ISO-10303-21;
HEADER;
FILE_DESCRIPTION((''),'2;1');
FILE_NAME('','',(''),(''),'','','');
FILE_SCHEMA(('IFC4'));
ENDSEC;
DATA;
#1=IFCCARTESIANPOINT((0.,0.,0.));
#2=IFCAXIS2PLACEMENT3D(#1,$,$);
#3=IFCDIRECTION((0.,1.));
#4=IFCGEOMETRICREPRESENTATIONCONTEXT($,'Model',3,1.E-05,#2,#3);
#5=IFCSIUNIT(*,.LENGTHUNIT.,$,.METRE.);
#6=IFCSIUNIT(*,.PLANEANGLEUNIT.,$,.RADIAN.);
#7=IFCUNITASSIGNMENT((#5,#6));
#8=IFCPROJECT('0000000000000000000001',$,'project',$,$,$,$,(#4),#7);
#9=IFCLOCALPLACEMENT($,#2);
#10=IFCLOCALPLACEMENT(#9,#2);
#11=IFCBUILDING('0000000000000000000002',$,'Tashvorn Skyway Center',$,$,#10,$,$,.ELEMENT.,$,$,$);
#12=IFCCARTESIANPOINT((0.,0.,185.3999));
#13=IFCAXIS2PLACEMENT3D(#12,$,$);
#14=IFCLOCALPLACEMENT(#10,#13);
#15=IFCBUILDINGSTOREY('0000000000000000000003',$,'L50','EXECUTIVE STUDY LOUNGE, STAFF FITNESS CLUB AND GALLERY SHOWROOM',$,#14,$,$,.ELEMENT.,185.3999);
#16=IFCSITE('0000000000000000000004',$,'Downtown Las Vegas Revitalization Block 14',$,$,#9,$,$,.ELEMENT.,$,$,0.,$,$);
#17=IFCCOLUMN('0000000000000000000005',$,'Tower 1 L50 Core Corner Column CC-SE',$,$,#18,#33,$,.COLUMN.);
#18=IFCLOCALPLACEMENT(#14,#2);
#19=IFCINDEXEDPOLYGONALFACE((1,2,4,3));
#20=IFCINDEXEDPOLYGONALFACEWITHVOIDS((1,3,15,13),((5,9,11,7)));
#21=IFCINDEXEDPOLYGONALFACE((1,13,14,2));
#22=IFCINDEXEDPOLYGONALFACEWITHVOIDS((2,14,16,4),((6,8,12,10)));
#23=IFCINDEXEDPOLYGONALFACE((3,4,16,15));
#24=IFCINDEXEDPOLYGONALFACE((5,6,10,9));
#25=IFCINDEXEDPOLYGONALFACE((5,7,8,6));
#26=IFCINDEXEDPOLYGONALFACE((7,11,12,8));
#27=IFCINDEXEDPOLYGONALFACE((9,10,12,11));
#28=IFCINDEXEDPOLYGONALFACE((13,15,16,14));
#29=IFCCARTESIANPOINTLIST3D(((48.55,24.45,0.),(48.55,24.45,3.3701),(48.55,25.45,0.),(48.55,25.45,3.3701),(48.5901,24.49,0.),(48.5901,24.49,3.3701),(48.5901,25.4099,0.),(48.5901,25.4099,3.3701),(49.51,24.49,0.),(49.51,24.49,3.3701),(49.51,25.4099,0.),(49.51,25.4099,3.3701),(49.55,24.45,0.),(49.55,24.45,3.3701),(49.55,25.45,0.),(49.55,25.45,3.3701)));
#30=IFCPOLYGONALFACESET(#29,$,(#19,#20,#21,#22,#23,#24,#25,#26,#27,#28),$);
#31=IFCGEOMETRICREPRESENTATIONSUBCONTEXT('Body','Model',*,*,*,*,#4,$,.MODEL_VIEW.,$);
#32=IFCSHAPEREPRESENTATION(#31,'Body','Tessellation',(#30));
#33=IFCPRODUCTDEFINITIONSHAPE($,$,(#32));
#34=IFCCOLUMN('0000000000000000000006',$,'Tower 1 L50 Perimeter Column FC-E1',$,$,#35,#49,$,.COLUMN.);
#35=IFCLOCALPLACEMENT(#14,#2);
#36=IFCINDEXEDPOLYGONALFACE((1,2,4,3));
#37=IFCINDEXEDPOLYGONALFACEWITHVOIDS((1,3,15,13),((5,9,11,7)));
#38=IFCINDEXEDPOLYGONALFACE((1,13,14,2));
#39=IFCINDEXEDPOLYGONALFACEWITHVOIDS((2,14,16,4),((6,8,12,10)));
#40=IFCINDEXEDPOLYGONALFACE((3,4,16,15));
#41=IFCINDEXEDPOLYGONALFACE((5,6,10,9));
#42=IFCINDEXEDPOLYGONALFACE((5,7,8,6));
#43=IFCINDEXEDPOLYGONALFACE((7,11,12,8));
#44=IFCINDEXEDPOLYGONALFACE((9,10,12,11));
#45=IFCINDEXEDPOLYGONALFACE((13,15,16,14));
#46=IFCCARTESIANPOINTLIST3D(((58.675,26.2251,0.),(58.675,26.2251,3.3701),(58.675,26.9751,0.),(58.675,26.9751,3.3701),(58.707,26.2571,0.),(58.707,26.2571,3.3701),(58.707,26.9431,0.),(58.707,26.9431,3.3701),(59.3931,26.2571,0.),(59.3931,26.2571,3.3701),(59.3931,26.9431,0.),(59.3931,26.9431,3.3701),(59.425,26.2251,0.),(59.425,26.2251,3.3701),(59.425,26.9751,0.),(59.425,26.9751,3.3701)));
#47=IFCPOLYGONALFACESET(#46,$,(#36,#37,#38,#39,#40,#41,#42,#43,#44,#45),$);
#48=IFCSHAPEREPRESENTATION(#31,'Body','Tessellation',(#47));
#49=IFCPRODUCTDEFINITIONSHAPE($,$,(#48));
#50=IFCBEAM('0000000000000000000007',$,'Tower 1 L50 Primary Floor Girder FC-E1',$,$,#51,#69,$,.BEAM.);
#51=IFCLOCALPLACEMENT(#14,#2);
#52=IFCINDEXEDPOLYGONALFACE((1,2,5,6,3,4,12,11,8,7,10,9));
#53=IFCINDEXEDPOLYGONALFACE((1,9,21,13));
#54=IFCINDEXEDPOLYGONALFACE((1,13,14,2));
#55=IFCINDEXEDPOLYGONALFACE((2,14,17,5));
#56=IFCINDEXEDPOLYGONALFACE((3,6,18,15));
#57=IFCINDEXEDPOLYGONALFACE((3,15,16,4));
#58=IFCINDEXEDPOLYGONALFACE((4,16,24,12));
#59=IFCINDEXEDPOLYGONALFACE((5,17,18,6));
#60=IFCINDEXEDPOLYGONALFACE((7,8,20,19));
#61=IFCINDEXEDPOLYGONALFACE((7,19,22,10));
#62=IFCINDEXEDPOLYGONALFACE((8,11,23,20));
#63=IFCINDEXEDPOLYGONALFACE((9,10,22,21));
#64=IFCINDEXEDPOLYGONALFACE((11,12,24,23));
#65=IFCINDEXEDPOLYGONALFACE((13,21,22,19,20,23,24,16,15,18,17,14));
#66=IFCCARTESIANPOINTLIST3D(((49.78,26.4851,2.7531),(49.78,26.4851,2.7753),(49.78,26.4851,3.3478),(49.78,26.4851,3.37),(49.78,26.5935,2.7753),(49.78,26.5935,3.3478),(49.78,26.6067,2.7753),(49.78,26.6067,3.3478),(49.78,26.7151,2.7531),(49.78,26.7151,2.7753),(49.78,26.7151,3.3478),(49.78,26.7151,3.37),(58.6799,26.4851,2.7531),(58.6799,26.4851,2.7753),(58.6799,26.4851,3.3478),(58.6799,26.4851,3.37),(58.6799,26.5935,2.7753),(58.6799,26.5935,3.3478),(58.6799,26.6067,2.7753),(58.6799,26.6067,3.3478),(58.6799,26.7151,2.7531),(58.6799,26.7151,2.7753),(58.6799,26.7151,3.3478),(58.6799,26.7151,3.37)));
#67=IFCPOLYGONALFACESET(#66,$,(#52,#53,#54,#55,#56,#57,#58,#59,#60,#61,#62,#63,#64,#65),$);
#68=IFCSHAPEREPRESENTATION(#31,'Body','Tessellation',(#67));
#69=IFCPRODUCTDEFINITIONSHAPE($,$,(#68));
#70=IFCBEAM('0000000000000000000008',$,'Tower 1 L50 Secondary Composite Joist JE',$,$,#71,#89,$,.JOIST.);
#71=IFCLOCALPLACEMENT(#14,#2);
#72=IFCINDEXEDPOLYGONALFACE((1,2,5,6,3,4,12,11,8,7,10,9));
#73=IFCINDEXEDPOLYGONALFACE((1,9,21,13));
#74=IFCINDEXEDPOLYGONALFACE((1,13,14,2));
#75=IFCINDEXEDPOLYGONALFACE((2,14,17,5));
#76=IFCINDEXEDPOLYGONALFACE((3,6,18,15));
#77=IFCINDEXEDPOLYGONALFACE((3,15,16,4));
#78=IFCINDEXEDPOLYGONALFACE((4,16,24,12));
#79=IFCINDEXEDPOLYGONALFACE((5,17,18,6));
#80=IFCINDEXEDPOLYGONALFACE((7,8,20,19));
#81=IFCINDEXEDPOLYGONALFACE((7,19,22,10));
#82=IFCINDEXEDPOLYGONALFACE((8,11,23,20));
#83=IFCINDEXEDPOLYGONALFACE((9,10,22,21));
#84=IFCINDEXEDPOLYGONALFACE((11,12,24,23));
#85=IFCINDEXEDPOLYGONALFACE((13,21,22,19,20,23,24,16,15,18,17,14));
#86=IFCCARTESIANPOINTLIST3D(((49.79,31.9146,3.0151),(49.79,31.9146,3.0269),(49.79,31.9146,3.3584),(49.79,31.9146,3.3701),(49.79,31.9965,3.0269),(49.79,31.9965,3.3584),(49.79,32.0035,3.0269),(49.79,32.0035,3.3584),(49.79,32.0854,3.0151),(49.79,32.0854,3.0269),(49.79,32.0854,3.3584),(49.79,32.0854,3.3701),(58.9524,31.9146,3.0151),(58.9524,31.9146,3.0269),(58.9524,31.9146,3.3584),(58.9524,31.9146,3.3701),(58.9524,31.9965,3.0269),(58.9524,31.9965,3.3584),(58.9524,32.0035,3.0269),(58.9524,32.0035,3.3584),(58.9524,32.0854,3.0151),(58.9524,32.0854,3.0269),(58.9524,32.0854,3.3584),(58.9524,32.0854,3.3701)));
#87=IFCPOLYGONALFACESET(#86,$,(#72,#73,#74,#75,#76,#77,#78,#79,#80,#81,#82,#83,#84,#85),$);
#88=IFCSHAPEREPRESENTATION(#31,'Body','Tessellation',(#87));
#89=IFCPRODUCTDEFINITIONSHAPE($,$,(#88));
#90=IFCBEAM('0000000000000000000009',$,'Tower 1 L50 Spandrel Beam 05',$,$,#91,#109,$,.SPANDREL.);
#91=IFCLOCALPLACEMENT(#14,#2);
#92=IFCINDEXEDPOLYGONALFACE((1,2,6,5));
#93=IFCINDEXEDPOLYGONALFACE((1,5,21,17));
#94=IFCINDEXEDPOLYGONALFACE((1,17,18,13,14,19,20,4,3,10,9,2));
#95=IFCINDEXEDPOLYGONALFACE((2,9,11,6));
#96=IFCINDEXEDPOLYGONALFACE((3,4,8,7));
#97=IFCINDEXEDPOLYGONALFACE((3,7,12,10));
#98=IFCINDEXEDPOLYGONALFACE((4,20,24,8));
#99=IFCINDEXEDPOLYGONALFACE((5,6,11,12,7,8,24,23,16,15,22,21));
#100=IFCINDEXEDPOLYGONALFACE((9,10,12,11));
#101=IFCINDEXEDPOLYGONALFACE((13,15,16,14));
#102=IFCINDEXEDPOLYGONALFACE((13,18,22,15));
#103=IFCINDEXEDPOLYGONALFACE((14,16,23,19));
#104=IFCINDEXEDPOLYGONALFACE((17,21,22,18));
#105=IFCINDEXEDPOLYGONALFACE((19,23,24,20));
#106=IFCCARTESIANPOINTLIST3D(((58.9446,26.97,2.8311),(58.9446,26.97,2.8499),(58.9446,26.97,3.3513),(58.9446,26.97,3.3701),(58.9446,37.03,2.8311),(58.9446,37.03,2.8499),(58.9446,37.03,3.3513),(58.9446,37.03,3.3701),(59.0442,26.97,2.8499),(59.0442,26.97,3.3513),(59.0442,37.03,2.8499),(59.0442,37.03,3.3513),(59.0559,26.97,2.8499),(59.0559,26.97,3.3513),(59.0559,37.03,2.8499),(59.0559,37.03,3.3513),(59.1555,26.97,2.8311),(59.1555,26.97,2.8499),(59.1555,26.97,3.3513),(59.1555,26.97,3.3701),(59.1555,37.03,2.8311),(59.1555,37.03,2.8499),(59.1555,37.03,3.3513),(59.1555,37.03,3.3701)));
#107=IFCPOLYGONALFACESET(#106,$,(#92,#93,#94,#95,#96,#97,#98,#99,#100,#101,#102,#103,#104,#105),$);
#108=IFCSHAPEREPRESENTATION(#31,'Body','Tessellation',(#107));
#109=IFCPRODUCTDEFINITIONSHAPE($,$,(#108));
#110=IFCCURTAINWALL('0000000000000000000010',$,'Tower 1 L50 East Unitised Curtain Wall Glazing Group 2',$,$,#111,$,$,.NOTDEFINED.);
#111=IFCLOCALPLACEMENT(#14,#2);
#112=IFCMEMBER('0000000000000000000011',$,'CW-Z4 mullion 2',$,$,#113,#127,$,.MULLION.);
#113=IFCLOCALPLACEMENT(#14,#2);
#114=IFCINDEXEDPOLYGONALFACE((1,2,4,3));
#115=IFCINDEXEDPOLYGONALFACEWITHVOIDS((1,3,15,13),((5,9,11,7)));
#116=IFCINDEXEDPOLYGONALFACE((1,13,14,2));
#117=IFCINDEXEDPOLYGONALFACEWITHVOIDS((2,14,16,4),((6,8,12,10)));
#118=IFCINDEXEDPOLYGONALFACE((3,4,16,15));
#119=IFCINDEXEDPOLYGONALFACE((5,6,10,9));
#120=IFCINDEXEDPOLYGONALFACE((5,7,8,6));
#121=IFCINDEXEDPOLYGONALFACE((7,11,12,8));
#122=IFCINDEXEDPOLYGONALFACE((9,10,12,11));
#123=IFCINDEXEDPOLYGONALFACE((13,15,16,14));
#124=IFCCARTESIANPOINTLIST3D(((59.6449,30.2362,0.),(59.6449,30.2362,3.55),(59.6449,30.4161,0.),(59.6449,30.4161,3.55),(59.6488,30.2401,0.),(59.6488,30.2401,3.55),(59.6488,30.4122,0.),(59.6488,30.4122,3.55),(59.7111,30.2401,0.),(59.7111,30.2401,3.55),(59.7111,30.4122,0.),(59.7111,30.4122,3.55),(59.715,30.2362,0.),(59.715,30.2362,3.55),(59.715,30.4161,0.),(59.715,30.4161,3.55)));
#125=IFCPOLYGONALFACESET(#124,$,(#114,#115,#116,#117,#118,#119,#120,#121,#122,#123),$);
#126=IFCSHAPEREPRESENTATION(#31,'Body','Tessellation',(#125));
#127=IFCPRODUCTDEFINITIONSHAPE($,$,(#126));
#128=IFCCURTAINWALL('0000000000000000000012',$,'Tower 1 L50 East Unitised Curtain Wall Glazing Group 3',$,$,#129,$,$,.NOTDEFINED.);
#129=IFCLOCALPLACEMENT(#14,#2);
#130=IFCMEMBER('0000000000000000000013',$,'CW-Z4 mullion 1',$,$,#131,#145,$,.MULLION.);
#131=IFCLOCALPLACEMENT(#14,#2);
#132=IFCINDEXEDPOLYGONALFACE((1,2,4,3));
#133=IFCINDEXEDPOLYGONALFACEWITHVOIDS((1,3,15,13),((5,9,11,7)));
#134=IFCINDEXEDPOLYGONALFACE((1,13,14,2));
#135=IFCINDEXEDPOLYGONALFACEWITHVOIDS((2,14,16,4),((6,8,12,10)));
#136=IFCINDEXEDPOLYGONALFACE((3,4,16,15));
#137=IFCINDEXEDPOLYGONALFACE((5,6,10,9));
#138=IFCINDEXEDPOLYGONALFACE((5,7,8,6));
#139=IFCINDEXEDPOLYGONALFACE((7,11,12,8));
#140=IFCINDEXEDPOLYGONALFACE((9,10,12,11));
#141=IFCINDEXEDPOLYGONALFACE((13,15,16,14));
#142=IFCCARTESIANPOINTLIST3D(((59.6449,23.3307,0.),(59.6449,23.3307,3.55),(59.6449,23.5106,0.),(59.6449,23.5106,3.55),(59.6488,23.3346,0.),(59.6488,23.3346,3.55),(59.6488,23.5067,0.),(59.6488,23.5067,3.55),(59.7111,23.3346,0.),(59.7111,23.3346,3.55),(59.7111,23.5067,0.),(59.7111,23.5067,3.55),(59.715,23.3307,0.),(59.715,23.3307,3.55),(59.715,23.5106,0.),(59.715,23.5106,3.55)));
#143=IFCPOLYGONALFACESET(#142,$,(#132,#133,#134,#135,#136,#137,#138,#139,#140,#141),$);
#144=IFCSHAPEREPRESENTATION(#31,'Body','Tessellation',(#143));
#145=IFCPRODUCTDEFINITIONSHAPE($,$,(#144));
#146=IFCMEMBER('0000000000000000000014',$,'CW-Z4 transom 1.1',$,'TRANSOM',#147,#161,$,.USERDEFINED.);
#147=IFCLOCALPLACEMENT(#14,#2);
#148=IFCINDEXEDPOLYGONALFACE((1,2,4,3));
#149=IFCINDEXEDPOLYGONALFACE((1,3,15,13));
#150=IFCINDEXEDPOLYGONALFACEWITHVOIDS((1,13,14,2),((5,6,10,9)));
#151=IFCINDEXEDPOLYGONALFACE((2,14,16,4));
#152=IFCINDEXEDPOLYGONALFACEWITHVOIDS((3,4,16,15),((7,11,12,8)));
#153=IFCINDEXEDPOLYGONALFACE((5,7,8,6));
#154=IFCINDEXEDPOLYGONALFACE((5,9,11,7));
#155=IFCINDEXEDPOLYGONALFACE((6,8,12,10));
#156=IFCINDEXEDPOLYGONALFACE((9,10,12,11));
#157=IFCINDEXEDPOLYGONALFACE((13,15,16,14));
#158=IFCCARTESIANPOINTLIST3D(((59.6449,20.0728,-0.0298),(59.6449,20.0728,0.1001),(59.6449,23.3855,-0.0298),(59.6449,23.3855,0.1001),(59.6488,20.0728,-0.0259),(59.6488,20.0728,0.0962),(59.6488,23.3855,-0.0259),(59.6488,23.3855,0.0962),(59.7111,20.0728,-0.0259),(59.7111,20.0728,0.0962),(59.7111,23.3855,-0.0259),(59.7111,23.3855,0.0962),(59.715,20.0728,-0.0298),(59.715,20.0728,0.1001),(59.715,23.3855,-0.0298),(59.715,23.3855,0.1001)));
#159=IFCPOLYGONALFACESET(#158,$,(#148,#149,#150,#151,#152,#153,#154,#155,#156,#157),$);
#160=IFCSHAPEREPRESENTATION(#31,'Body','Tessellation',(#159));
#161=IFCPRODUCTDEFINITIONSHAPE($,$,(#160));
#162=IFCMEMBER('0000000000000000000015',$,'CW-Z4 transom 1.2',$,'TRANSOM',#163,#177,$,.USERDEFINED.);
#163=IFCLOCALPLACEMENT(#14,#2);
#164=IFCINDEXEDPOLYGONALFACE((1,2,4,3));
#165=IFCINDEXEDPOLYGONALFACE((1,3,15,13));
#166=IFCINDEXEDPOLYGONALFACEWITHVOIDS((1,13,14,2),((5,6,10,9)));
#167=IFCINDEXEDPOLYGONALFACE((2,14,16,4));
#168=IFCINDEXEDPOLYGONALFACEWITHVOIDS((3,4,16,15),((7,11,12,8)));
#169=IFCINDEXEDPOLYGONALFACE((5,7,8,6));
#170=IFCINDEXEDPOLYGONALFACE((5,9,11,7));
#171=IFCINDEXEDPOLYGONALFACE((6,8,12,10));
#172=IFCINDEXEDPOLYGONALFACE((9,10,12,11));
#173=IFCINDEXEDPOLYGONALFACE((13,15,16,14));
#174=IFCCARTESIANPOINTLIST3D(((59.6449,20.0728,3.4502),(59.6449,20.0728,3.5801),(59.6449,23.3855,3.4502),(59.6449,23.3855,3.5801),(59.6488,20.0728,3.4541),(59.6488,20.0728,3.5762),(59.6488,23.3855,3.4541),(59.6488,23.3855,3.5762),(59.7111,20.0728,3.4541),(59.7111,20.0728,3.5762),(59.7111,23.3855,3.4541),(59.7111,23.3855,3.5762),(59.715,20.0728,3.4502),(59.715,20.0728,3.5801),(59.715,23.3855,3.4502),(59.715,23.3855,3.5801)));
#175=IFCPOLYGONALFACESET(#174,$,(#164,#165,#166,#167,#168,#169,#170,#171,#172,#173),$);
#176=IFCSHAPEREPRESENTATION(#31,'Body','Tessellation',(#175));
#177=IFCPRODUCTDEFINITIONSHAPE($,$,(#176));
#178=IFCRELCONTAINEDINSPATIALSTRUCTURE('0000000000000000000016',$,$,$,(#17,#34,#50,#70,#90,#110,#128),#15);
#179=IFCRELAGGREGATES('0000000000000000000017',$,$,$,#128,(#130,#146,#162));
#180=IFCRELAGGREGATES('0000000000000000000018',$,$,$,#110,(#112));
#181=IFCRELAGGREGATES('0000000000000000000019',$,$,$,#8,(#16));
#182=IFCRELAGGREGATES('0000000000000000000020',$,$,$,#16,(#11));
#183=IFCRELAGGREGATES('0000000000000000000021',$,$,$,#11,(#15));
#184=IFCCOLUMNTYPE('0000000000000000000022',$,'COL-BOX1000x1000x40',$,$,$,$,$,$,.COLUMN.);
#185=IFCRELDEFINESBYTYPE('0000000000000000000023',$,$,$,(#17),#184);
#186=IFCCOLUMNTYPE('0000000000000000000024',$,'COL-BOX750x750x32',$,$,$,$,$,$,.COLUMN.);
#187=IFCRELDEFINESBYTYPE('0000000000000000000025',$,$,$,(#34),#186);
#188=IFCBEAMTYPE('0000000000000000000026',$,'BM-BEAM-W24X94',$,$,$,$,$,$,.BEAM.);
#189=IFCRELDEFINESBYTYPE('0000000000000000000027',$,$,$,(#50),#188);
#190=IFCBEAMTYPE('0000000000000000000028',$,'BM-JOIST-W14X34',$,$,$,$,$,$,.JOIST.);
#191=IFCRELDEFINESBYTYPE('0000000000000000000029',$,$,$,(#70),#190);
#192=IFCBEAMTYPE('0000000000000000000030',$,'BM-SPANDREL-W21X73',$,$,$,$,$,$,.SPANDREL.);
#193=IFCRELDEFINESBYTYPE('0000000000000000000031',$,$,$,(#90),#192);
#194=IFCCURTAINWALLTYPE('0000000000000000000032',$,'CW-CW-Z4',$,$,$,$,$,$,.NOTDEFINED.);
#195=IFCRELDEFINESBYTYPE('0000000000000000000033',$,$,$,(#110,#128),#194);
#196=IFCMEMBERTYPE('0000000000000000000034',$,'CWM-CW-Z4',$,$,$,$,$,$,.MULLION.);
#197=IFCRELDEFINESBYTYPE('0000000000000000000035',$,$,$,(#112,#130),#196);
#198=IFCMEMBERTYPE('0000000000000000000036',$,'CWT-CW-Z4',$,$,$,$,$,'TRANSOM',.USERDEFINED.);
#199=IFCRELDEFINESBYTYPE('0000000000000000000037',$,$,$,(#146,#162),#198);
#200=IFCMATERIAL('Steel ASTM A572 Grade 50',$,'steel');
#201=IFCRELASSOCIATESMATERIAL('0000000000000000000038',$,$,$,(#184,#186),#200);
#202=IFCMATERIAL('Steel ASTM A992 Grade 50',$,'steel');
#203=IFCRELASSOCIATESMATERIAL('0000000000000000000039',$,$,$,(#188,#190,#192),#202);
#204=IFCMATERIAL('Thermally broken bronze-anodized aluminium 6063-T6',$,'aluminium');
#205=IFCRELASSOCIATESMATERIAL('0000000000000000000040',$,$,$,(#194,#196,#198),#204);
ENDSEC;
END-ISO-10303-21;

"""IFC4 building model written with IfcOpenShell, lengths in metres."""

from ifc_helpers import new_model, si_unit, direction, frame, origin, origin_2d, place, context, subcontext, project, spatial, hollow_rectangle, i_section, extrude, material, material_profile, profile_set, type_object, element, aggregate, save


model = new_model("IFC4")

# Units and contexts
model_context = context("Model", 3, precision=1e-05, world=origin(), true_north=direction((0.0, 1.0)))
body_context = subcontext(model_context, "Body", "Model", "MODEL_VIEW")
ifc_project = project(units=[si_unit("LENGTHUNIT", "METRE"), si_unit("PLANEANGLEUNIT", "RADIAN")], contexts=[model_context])

# Site, building, storey
site_placement = place(None, origin())
site = spatial("IfcSite", under=ifc_project, at=site_placement, Name="Downtown Las Vegas Revitalization Block 14", CompositionType="ELEMENT", RefElevation=0.0)
building_placement = place(site_placement, origin())
building = spatial("IfcBuilding", under=site, at=building_placement, Name="Tashvorn Skyway Center", CompositionType="ELEMENT")
storey_placement = place(building_placement, frame((0.0, 0.0, 185.3999)))
storey = spatial("IfcBuildingStorey", under=building, at=storey_placement, Name="L50", Description="EXECUTIVE STUDY LOUNGE, STAFF FITNESS CLUB AND GALLERY SHOWROOM", CompositionType="ELEMENT", Elevation=185.3999)

# Columns
ifc_material_1 = material(Name="Steel ASTM A572 Grade 50", Category="steel")
ifc_material_profile_1 = material_profile(ifc_material_1, hollow_rectangle(XDim=1.0, YDim=1.0, WallThickness=0.04, at=origin_2d()), Name="BOX1000x1000x40")
ifc_profile_set_1 = profile_set([ifc_material_profile_1], Name="Steel ASTM A572 Grade 50")
column_type_1 = type_object("IfcColumnType", Name="COL-BOX1000x1000x40", PredefinedType="COLUMN", material=ifc_profile_set_1)
column_1_placement = place(storey_placement, frame((49.05, 24.95, 0.0), z_axis=(0.0, 0.0, 1.0), x_axis=(1.0, 0.0, 0.0)))
element("IfcColumn", 1, at=column_1_placement, inside=storey, type_object=column_type_1, Name="Tower 1 L50 Core Corner Column CC-SE", PredefinedType="COLUMN", context=body_context, shape_type="SweptSolid", body=[
    extrude(hollow_rectangle(XDim=1.0, YDim=1.0, WallThickness=0.04, at=origin_2d()), origin(), (0.0, 0.0, 1.0), 3.3701),
])
ifc_material_profile_2 = material_profile(ifc_material_1, hollow_rectangle(XDim=0.75, YDim=0.75, WallThickness=0.032, at=origin_2d()), Name="BOX750x750x32")
ifc_profile_set_2 = profile_set([ifc_material_profile_2], Name="Steel ASTM A572 Grade 50")
column_type_2 = type_object("IfcColumnType", Name="COL-BOX750x750x32", PredefinedType="COLUMN", material=ifc_profile_set_2)
column_2_placement = place(storey_placement, frame((59.05, 26.6001, 0.0), z_axis=(0.0, 0.0, 1.0), x_axis=(1.0, 0.0, 0.0)))
element("IfcColumn", 2, at=column_2_placement, inside=storey, type_object=column_type_2, Name="Tower 1 L50 Perimeter Column FC-E1", PredefinedType="COLUMN", context=body_context, shape_type="SweptSolid", body=[
    extrude(hollow_rectangle(XDim=0.75, YDim=0.75, WallThickness=0.032, at=origin_2d()), origin(), (0.0, 0.0, 1.0), 3.3701),
])

# Beams
ifc_material_2 = material(Name="Steel ASTM A992 Grade 50", Category="steel")
ifc_material_profile_3 = material_profile(ifc_material_2, i_section(OverallWidth=0.23, OverallDepth=0.6169, WebThickness=0.0132, FlangeThickness=0.0222, at=origin_2d()), Name="W24X94")
ifc_profile_set_3 = profile_set([ifc_material_profile_3], Name="Steel ASTM A992 Grade 50")
beam_type_1 = type_object("IfcBeamType", Name="BM-BEAM-W24X94", PredefinedType="BEAM", material=ifc_profile_set_3)
beam_1_placement = place(storey_placement, frame((58.6799, 26.6001, 3.0615), z_axis=(-1.0, 0.0, 0.0), x_axis=(0.0, -1.0, 0.0)))
element("IfcBeam", 3, at=beam_1_placement, inside=storey, type_object=beam_type_1, Name="Tower 1 L50 Primary Floor Girder FC-E1", PredefinedType="BEAM", context=body_context, shape_type="SweptSolid", body=[
    extrude(i_section(OverallWidth=0.23, OverallDepth=0.6169, WebThickness=0.0132, FlangeThickness=0.0222, at=origin_2d()), origin(), (0.0, 0.0, 1.0), 8.8999),
])
ifc_material_profile_4 = material_profile(ifc_material_2, i_section(OverallWidth=0.1709, OverallDepth=0.355, WebThickness=0.0071, FlangeThickness=0.0117, at=origin_2d()), Name="W14X34")
ifc_profile_set_4 = profile_set([ifc_material_profile_4], Name="Steel ASTM A992 Grade 50")
beam_type_2 = type_object("IfcBeamType", Name="BM-JOIST-W14X34", PredefinedType="JOIST", material=ifc_profile_set_4)
beam_2_placement = place(storey_placement, frame((49.79, 32.0, 3.1926), z_axis=(1.0, 0.0, 0.0), x_axis=(0.0, 1.0, 0.0)))
element("IfcBeam", 4, at=beam_2_placement, inside=storey, type_object=beam_type_2, Name="Tower 1 L50 Secondary Composite Joist JE", PredefinedType="JOIST", context=body_context, shape_type="SweptSolid", body=[
    extrude(i_section(OverallWidth=0.1709, OverallDepth=0.355, WebThickness=0.0071, FlangeThickness=0.0117, at=origin_2d()), origin(), (0.0, 0.0, 1.0), 9.1624),
])
ifc_material_profile_5 = material_profile(ifc_material_2, i_section(OverallWidth=0.2109, OverallDepth=0.5391, WebThickness=0.0117, FlangeThickness=0.0188, at=origin_2d()), Name="W21X73")
ifc_profile_set_5 = profile_set([ifc_material_profile_5], Name="Steel ASTM A992 Grade 50")
beam_type_3 = type_object("IfcBeamType", Name="BM-SPANDREL-W21X73", PredefinedType="SPANDREL", material=ifc_profile_set_5)
beam_3_placement = place(storey_placement, frame((59.05, 26.97, 3.1006), z_axis=(0.0, 1.0, 0.0), x_axis=(-1.0, 0.0, 0.0)))
element("IfcBeam", 5, at=beam_3_placement, inside=storey, type_object=beam_type_3, Name="Tower 1 L50 Spandrel Beam 05", PredefinedType="SPANDREL", context=body_context, shape_type="SweptSolid", body=[
    extrude(i_section(OverallWidth=0.2109, OverallDepth=0.5391, WebThickness=0.0117, FlangeThickness=0.0188, at=origin_2d()), origin(), (0.0, 0.0, 1.0), 10.0601),
])

# Curtain wall, member
ifc_material_3 = material(Name="Thermally broken bronze-anodized aluminium 6063-T6", Category="aluminium")
curtain_wall_type = type_object("IfcCurtainWallType", Name="CW-CW-Z4", PredefinedType="NOTDEFINED", material=ifc_material_3)
curtain_wall_1_placement = place(storey_placement, origin())
curtain_wall_1 = element("IfcCurtainWall", 6, at=curtain_wall_1_placement, inside=storey, type_object=curtain_wall_type, Name="Tower 1 L50 East Unitised Curtain Wall Glazing Group 2", PredefinedType="NOTDEFINED")
ifc_material_profile_6 = material_profile(ifc_material_3, hollow_rectangle(XDim=0.0701, YDim=0.1799, WallThickness=0.0039, at=origin_2d()), Name="ALU-MULL-70x180")
ifc_profile_set_6 = profile_set([ifc_material_profile_6], Name="Thermally broken bronze-anodized aluminium 6063-T6")
member_type_1 = type_object("IfcMemberType", Name="CWM-CW-Z4", PredefinedType="MULLION", material=ifc_profile_set_6)
member_1_placement = place(storey_placement, frame((59.6799, 30.3262, 0.0), z_axis=(0.0, 0.0, 1.0), x_axis=(1.0, 0.0, 0.0)))
member_1 = element("IfcMember", 7, at=member_1_placement, type_object=member_type_1, Name="CW-Z4 mullion 2", PredefinedType="MULLION", context=body_context, shape_type="SweptSolid", body=[
    extrude(hollow_rectangle(XDim=0.0701, YDim=0.1799, WallThickness=0.0039, at=origin_2d()), origin(), (0.0, 0.0, 1.0), 3.55),
])

# Curtain wall, members
curtain_wall_2_placement = place(storey_placement, origin())
curtain_wall_2 = element("IfcCurtainWall", 8, at=curtain_wall_2_placement, inside=storey, type_object=curtain_wall_type, Name="Tower 1 L50 East Unitised Curtain Wall Glazing Group 3", PredefinedType="NOTDEFINED")
member_2_placement = place(storey_placement, frame((59.6799, 23.4207, 0.0), z_axis=(0.0, 0.0, 1.0), x_axis=(1.0, 0.0, 0.0)))
member_2 = element("IfcMember", 9, at=member_2_placement, type_object=member_type_1, Name="CW-Z4 mullion 1", PredefinedType="MULLION", context=body_context, shape_type="SweptSolid", body=[
    extrude(hollow_rectangle(XDim=0.0701, YDim=0.1799, WallThickness=0.0039, at=origin_2d()), origin(), (0.0, 0.0, 1.0), 3.55),
])
ifc_material_profile_7 = material_profile(ifc_material_3, hollow_rectangle(XDim=0.0701, YDim=0.1299, WallThickness=0.0039, at=origin_2d()), Name="ALU-TRAN-70x130")
ifc_profile_set_7 = profile_set([ifc_material_profile_7], Name="Thermally broken bronze-anodized aluminium 6063-T6")
member_type_2 = type_object("IfcMemberType", Name="CWT-CW-Z4", ElementType="TRANSOM", PredefinedType="USERDEFINED", material=ifc_profile_set_7)
member_3_placement = place(storey_placement, frame((59.6799, 23.3855, 0.0352), z_axis=(0.0, -1.0, 0.0), x_axis=(1.0, 0.0, 0.0)))
member_3 = element("IfcMember", 10, at=member_3_placement, type_object=member_type_2, Name="CW-Z4 transom 1.1", ObjectType="TRANSOM", PredefinedType="USERDEFINED", context=body_context, shape_type="SweptSolid", body=[
    extrude(hollow_rectangle(XDim=0.0701, YDim=0.1299, WallThickness=0.0039, at=origin_2d()), origin(), (0.0, 0.0, 1.0), 3.3127),
])
member_4_placement = place(storey_placement, frame((59.6799, 23.3855, 3.5151), z_axis=(0.0, -1.0, 0.0), x_axis=(1.0, 0.0, 0.0)))
member_4 = element("IfcMember", 11, at=member_4_placement, type_object=member_type_2, Name="CW-Z4 transom 1.2", ObjectType="TRANSOM", PredefinedType="USERDEFINED", context=body_context, shape_type="SweptSolid", body=[
    extrude(hollow_rectangle(XDim=0.0701, YDim=0.1299, WallThickness=0.0039, at=origin_2d()), origin(), (0.0, 0.0, 1.0), 3.3127),
])
aggregate(curtain_wall_2, [member_2, member_3, member_4])

aggregate(curtain_wall_1, [member_1])

save(model, "model.ifc")
